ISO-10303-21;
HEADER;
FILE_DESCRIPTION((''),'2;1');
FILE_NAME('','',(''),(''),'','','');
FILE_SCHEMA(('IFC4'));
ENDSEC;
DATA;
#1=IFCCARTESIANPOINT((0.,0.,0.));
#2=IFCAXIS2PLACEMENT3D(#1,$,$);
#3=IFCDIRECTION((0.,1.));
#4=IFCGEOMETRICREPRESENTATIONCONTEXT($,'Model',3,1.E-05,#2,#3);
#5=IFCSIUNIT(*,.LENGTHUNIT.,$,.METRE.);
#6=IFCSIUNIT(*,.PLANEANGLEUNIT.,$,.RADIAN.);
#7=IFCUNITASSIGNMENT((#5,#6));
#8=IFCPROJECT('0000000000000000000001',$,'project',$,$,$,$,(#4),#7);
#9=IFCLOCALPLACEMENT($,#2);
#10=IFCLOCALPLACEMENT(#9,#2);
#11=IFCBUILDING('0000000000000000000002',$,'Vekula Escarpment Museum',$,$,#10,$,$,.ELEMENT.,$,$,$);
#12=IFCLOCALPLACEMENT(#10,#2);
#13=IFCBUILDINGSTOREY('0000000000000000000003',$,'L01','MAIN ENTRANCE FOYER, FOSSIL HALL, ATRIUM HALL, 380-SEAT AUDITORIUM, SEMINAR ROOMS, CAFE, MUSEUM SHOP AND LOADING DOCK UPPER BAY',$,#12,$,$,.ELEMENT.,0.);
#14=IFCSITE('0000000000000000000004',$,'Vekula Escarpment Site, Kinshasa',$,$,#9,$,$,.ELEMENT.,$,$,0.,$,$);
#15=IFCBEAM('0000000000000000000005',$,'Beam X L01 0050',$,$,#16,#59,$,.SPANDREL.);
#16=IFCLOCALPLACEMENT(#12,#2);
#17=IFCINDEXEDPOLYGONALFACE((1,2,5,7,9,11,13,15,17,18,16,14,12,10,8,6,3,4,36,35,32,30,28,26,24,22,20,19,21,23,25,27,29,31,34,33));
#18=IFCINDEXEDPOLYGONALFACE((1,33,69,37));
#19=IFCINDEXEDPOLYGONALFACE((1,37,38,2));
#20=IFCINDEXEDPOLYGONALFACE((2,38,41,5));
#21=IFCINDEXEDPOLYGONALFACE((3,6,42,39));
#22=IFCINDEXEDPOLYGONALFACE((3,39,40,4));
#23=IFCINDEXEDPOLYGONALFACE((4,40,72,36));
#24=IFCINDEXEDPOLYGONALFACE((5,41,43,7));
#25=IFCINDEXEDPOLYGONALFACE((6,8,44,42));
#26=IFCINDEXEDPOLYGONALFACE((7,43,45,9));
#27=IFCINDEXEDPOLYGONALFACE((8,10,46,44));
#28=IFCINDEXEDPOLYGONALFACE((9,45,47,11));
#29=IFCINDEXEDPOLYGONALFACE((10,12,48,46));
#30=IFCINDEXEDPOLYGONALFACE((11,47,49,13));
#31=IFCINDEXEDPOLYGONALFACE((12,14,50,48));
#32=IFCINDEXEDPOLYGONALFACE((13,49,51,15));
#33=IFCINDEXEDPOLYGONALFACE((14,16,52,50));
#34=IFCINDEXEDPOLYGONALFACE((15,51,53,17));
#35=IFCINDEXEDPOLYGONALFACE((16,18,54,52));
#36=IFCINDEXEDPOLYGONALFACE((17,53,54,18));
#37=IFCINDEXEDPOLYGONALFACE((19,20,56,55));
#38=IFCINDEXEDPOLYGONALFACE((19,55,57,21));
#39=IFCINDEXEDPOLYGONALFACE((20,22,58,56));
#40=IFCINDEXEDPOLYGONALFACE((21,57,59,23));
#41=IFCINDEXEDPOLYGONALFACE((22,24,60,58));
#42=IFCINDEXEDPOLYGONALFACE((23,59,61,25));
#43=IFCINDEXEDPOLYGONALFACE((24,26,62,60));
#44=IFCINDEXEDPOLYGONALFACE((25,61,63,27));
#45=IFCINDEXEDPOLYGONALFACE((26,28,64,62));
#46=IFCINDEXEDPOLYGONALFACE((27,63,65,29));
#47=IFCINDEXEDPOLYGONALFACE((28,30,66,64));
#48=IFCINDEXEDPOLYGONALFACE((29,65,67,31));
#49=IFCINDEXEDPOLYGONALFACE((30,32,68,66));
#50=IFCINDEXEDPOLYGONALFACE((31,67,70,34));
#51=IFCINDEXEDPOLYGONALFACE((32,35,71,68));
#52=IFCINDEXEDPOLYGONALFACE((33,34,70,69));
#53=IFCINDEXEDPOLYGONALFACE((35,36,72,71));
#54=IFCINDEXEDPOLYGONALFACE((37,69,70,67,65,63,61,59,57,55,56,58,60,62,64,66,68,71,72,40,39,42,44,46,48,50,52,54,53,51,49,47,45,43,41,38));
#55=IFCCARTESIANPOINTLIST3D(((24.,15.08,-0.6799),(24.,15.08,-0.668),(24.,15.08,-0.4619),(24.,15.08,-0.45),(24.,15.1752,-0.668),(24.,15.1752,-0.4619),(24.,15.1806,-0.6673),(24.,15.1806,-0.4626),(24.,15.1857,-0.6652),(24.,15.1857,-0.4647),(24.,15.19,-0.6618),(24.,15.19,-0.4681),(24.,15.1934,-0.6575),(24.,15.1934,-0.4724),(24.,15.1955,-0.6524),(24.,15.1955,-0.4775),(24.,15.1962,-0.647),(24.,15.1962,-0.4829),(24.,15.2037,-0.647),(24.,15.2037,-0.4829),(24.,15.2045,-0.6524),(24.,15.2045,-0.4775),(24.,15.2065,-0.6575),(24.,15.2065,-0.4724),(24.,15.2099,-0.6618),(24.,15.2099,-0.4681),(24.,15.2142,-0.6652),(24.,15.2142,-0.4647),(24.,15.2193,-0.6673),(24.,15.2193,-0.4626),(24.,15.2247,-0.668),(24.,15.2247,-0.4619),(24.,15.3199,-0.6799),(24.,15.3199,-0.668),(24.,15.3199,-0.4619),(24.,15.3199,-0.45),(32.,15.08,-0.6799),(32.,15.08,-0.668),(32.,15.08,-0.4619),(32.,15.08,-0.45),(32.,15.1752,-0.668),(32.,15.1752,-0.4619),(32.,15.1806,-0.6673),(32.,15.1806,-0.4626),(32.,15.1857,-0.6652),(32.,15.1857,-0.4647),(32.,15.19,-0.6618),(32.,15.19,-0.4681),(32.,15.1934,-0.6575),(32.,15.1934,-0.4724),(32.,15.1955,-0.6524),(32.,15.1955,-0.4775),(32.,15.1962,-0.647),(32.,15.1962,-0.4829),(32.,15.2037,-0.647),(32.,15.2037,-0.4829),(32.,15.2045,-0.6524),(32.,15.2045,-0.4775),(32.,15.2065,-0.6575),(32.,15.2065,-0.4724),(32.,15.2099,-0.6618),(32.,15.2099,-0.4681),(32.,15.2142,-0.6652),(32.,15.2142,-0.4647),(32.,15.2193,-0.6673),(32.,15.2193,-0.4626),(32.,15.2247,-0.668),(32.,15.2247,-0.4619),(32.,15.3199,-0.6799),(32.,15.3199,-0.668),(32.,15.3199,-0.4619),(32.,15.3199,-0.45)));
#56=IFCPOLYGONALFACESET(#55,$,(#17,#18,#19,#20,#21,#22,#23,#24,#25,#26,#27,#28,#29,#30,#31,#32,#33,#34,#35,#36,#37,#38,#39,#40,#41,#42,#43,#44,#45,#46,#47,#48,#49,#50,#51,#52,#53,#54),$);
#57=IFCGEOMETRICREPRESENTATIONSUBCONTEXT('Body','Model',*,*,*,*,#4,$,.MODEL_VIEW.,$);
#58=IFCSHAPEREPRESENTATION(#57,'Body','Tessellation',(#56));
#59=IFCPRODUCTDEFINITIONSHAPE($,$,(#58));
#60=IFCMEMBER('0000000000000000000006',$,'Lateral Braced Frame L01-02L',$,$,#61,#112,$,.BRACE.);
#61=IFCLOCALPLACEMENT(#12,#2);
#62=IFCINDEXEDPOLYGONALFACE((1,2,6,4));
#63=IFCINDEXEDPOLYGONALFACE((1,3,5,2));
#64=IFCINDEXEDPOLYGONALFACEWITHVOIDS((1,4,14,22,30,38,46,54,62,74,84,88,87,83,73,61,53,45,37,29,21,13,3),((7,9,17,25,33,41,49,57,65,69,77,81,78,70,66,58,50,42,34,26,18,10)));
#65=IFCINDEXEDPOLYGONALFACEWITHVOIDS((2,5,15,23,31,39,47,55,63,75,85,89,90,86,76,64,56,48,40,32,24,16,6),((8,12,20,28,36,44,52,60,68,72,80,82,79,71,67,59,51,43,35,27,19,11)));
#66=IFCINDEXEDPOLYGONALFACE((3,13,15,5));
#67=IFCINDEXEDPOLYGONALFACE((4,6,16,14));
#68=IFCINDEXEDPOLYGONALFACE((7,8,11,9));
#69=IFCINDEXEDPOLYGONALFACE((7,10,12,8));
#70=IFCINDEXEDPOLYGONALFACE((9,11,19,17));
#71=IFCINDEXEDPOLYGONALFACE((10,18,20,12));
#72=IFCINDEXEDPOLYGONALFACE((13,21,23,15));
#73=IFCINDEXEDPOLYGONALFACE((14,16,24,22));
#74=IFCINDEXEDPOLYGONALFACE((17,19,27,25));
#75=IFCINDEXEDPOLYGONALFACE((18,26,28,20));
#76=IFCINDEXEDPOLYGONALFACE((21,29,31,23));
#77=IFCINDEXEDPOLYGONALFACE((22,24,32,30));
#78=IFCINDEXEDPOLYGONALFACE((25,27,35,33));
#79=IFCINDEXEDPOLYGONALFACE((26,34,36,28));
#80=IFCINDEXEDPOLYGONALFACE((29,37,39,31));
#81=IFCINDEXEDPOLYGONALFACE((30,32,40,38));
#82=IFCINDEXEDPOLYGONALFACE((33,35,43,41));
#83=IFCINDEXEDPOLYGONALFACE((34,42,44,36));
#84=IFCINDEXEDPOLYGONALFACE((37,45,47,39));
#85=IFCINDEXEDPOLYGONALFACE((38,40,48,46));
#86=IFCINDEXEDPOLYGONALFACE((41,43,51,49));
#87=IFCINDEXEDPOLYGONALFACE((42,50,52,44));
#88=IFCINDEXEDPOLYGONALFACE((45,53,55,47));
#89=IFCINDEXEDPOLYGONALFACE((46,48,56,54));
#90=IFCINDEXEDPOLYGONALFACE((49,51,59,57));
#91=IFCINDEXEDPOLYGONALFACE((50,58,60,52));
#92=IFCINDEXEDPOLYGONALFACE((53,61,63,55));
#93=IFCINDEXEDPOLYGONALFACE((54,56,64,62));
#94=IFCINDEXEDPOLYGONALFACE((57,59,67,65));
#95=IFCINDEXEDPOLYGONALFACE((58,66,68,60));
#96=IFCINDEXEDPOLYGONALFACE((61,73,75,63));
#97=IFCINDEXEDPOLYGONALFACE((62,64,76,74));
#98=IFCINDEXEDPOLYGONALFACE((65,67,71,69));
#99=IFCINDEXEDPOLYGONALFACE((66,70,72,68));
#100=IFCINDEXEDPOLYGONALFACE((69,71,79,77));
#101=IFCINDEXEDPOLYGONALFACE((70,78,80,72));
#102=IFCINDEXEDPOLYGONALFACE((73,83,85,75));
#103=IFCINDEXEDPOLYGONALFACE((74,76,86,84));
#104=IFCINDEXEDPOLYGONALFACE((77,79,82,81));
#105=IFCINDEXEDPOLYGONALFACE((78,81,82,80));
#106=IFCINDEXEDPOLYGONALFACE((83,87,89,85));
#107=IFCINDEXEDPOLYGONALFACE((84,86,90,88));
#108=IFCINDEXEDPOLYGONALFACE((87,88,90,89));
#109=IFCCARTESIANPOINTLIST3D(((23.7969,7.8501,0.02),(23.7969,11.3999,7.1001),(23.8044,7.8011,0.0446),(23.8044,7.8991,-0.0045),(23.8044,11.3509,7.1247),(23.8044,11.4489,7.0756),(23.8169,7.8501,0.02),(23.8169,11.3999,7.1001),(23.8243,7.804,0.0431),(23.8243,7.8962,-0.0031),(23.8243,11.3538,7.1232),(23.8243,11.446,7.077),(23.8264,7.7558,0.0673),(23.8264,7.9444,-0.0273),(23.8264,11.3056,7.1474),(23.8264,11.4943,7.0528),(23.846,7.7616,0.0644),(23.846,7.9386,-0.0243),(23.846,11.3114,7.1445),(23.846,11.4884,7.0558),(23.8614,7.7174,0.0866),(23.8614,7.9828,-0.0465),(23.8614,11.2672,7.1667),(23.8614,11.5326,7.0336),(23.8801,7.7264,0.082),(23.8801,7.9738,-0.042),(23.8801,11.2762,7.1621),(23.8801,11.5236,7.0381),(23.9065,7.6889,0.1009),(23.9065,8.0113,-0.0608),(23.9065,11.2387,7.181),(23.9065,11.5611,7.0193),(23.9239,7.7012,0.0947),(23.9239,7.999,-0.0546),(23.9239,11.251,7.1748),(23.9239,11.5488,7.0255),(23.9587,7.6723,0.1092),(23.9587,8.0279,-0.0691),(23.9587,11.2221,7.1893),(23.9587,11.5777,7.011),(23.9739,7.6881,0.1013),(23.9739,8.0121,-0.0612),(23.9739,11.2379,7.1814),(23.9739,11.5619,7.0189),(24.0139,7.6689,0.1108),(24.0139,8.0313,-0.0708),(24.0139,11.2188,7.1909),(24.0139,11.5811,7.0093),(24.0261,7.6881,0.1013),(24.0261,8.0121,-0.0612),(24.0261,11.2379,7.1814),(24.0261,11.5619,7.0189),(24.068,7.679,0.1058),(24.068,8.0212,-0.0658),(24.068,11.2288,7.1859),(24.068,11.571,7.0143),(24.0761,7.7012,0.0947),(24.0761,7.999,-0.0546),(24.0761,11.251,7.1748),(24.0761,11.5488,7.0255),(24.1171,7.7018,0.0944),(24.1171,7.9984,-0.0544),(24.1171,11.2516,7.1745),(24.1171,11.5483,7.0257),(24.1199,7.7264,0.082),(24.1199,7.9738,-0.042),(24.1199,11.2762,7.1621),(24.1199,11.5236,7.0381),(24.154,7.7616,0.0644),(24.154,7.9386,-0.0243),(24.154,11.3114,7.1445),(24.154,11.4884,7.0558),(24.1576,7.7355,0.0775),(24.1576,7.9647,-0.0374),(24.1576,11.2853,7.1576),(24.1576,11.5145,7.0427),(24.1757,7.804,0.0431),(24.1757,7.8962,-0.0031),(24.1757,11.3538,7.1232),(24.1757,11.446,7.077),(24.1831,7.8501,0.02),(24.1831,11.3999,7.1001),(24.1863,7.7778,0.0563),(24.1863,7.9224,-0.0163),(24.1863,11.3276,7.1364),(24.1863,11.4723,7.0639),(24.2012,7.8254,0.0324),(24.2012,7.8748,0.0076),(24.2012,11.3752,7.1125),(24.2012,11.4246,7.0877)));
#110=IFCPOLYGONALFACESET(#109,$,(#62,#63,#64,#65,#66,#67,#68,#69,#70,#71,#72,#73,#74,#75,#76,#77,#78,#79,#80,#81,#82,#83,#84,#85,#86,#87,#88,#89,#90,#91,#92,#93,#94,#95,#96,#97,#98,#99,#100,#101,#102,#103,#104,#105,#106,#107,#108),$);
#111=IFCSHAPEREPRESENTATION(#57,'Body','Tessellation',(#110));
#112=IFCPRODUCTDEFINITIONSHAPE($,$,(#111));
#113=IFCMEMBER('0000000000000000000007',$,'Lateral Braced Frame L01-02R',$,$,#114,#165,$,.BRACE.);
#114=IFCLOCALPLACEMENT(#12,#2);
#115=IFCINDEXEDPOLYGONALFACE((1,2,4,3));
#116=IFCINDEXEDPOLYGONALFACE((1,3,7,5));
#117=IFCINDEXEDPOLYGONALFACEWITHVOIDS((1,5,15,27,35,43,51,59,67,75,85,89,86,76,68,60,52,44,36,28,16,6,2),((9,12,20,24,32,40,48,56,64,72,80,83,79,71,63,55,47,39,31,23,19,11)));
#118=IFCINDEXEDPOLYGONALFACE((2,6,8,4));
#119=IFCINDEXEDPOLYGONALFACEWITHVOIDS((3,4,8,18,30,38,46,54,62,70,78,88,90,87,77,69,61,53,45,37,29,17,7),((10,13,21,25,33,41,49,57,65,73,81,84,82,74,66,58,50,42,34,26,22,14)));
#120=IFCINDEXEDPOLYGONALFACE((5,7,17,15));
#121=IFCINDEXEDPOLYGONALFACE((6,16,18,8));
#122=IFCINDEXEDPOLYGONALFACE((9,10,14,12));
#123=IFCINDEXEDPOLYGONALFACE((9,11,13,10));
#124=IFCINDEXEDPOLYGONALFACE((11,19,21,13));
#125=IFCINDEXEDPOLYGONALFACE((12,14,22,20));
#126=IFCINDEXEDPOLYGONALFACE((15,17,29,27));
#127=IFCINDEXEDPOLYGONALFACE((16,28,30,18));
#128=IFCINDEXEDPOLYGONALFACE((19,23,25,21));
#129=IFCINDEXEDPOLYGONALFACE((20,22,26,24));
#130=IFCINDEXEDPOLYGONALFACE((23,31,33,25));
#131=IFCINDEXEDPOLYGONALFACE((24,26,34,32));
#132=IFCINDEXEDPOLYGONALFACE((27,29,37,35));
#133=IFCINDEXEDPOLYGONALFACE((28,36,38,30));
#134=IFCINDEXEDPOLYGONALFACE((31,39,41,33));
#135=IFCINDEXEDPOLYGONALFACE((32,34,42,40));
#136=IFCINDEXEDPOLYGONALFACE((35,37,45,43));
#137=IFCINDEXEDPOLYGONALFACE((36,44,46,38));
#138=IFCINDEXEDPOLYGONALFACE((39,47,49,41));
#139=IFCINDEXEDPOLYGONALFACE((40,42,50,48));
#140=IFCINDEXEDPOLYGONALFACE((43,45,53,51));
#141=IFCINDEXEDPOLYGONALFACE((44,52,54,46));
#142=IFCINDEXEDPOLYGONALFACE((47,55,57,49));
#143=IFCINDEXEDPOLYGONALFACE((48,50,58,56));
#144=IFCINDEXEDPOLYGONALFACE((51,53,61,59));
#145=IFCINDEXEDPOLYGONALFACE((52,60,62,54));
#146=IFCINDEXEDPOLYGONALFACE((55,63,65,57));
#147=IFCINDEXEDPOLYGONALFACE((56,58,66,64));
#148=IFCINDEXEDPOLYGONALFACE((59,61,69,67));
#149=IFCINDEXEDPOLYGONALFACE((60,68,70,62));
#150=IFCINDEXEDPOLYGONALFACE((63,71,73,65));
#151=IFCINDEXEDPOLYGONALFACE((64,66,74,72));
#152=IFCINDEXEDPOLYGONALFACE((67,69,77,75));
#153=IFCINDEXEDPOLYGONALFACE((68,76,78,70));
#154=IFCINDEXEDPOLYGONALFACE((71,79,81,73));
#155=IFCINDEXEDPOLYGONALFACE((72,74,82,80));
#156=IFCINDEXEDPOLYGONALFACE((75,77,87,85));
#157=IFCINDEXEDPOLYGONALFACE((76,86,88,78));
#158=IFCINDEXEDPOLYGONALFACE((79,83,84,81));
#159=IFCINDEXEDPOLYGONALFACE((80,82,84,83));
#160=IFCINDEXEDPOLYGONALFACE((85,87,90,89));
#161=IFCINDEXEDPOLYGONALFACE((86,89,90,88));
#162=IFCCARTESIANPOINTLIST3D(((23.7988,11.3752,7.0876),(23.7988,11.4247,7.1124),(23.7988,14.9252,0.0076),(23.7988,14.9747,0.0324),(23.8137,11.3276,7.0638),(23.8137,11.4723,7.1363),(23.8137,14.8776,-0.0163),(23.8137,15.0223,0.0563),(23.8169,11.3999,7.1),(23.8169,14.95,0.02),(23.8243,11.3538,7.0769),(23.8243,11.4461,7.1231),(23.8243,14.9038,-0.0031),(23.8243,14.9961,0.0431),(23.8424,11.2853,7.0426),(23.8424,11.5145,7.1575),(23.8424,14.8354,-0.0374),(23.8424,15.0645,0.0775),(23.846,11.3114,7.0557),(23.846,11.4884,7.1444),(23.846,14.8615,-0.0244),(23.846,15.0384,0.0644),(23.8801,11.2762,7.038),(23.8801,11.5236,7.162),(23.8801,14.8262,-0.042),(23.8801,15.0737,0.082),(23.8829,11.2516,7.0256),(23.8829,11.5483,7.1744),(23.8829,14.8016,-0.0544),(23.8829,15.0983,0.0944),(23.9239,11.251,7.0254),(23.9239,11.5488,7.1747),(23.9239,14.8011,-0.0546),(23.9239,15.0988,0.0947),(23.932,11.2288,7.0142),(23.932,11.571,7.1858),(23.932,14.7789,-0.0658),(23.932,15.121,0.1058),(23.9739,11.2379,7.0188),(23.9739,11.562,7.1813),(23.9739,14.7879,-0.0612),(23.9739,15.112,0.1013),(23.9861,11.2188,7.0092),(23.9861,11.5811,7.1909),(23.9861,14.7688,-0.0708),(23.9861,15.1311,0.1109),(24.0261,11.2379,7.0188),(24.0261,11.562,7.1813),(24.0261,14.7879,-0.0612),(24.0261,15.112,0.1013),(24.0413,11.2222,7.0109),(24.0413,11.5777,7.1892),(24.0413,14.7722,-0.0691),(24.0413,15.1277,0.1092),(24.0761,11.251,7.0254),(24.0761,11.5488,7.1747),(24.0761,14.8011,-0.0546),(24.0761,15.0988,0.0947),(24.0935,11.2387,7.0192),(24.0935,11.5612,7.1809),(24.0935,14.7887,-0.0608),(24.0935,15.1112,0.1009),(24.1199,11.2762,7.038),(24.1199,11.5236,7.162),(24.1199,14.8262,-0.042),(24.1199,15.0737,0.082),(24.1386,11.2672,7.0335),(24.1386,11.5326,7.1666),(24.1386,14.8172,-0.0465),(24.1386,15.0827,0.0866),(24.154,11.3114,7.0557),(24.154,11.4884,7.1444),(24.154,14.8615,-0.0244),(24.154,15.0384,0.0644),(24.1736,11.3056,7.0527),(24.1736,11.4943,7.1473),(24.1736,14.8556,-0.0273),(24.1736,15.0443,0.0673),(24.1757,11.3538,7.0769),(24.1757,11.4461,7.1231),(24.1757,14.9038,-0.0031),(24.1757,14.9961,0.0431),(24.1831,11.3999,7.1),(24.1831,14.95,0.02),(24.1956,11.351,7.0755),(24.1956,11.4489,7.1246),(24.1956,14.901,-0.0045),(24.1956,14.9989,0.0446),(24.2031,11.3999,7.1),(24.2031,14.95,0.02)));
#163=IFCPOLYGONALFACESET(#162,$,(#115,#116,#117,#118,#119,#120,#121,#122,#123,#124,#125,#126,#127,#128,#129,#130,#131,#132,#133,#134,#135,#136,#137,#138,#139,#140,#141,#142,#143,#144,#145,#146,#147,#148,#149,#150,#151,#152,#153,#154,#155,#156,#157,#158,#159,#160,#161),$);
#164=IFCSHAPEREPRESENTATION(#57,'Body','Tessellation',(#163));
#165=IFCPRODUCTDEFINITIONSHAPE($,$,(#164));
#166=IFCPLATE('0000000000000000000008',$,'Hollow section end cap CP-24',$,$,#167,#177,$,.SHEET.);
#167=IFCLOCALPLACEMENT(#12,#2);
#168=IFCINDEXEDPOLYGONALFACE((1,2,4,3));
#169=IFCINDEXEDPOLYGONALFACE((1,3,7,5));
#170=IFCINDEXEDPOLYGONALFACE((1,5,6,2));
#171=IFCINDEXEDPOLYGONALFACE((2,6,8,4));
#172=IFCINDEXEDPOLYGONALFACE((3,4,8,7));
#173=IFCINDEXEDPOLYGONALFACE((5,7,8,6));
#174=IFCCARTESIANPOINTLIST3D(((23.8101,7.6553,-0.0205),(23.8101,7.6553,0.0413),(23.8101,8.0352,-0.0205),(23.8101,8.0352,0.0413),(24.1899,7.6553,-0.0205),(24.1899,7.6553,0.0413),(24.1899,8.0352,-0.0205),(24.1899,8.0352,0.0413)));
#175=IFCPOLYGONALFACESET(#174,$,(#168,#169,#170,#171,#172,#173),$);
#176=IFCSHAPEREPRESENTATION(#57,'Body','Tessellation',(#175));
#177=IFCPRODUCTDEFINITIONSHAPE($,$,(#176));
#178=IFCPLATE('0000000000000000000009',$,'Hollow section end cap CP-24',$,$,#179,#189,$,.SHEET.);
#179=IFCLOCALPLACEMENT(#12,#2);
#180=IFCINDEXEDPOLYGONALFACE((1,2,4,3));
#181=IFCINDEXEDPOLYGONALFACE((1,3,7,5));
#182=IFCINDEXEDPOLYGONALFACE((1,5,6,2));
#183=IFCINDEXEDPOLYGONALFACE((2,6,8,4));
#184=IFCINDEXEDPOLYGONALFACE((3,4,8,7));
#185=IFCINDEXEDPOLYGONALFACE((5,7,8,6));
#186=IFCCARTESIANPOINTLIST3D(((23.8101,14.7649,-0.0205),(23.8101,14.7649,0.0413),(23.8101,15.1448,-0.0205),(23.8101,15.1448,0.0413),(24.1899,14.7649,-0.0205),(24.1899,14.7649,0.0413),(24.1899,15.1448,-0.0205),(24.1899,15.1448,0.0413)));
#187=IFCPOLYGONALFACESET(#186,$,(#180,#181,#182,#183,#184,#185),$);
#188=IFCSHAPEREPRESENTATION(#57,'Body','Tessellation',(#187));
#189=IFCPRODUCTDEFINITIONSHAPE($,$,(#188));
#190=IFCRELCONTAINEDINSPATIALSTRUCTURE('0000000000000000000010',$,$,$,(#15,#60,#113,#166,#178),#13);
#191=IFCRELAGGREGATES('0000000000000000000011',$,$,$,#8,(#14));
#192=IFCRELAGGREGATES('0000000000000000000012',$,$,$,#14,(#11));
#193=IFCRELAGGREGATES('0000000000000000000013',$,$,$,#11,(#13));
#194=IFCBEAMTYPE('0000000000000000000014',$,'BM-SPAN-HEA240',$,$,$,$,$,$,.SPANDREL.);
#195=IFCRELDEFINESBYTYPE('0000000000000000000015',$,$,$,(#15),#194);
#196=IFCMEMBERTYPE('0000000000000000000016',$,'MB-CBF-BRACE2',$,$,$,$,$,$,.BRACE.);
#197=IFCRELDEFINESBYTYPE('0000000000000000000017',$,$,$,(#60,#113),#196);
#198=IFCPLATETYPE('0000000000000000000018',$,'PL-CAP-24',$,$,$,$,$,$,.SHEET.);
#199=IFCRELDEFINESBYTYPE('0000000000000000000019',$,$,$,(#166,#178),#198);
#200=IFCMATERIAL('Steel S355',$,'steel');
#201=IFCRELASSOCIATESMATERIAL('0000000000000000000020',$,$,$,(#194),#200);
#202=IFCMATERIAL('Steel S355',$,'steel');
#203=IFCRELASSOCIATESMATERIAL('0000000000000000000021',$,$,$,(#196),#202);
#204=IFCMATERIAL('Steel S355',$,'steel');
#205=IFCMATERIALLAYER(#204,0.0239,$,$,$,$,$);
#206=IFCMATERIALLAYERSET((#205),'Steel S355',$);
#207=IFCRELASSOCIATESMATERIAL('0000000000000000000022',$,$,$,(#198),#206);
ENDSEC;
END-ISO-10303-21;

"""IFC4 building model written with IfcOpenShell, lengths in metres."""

from ifc_helpers import new_model, si_unit, direction, frame, origin, origin_2d, place, context, subcontext, project, spatial, rectangle, hollow_circle, i_section, extrude, material, layer, layer_set, material_profile, profile_set, type_object, element, save


model = new_model("IFC4")

# Units and contexts
model_context = context("Model", 3, precision=1e-05, world=origin(), true_north=direction((0.0, 1.0)))
body_context = subcontext(model_context, "Body", "Model", "MODEL_VIEW")
ifc_project = project(units=[si_unit("LENGTHUNIT", "METRE"), si_unit("PLANEANGLEUNIT", "RADIAN")], contexts=[model_context])

# Site, building, storey
site_placement = place(None, origin())
site = spatial("IfcSite", under=ifc_project, at=site_placement, Name="Vekula Escarpment Site, Kinshasa", CompositionType="ELEMENT", RefElevation=0.0)
building_placement = place(site_placement, origin())
building = spatial("IfcBuilding", under=site, at=building_placement, Name="Vekula Escarpment Museum", CompositionType="ELEMENT")
storey_placement = place(building_placement, origin())
storey = spatial("IfcBuildingStorey", under=building, at=storey_placement, Name="L01", Description="MAIN ENTRANCE FOYER, FOSSIL HALL, ATRIUM HALL, 380-SEAT AUDITORIUM, SEMINAR ROOMS, CAFE, MUSEUM SHOP AND LOADING DOCK UPPER BAY", CompositionType="ELEMENT", Elevation=0.0)

# Beam
ifc_material_1 = material(Name="Steel S355", Category="steel")
ifc_material_profile_1 = material_profile(ifc_material_1, i_section(OverallWidth=0.24, OverallDepth=0.23, WebThickness=0.0076, FlangeThickness=0.012, FilletRadius=0.021, at=origin_2d()), Name="HEA 240")
ifc_profile_set_1 = profile_set([ifc_material_profile_1], Name="Steel S355")
beam_type_1 = type_object("IfcBeamType", Name="BM-SPAN-HEA240", PredefinedType="SPANDREL", material=ifc_profile_set_1)
for number, where, z_axis, x_axis, name in (
    (1, (24.0, 15.2, -0.5649), (1.0, 0.0, 0.0), (0.0, 1.0, 0.0), "Beam X L01 0050"),
):
    element("IfcBeam", number, at=place(storey_placement, frame(where, z_axis=z_axis, x_axis=x_axis)), inside=storey, type_object=beam_type_1, Name=name, PredefinedType="SPANDREL", context=body_context, shape_type="SweptSolid", body=[
        extrude(i_section(OverallWidth=0.24, OverallDepth=0.23, WebThickness=0.0076, FlangeThickness=0.012, FilletRadius=0.021, at=origin_2d()), origin(), (0.0, 0.0, 1.0), 8.0),
    ])

# Members
ifc_material_2 = material(Name="Steel S355", Category="steel")
ifc_material_profile_2 = material_profile(ifc_material_2, hollow_circle(Radius=0.2031, WallThickness=0.02, at=origin_2d()), Name="CHS 406.4x20")
ifc_profile_set_2 = profile_set([ifc_material_profile_2], Name="Steel S355")
member_type = type_object("IfcMemberType", Name="MB-CBF-BRACE2", PredefinedType="BRACE", material=ifc_profile_set_2)
for number, where, z_axis, x_axis, name in (
    (2, (24.0, 7.8501, 0.02), (0.0, 0.4482, 0.893933), (-1.0, 0.0, 0.0), "Lateral Braced Frame L01-02L"),
    (3, (24.0, 14.95, 0.02), (0.0, -0.448224, 0.893921), (1.0, 0.0, 0.0), "Lateral Braced Frame L01-02R"),
):
    element("IfcMember", number, at=place(storey_placement, frame(where, z_axis=z_axis, x_axis=x_axis)), inside=storey, type_object=member_type, Name=name, PredefinedType="BRACE", context=body_context, shape_type="SweptSolid", body=[
        extrude(hollow_circle(Radius=0.2031, WallThickness=0.02, at=origin_2d()), origin(), (0.0, 0.0, 1.0), 7.9202),
    ])

# Plates
ifc_material_3 = material(Name="Steel S355", Category="steel")
ifc_layer_1 = layer(ifc_material_3, 0.0239)
ifc_layer_set_1 = layer_set([ifc_layer_1], Name="Steel S355")
plate_type_1 = type_object("IfcPlateType", Name="PL-CAP-24", PredefinedType="SHEET", material=ifc_layer_set_1)
for number, where, z_axis, x_axis, name in (
    (4, (24.0, 7.8452, -0.0205), (0.0, 0.0, 1.0), (1.0, 0.0, 0.0), "Hollow section end cap CP-24"),
    (5, (24.0, 14.9548, -0.0205), (0.0, 0.0, 1.0), (1.0, 0.0, 0.0), "Hollow section end cap CP-24"),
):
    element("IfcPlate", number, at=place(storey_placement, frame(where, z_axis=z_axis, x_axis=x_axis)), inside=storey, type_object=plate_type_1, Name=name, PredefinedType="SHEET", context=body_context, shape_type="SweptSolid", body=[
        extrude(rectangle(XDim=0.3799, YDim=0.3799, at=origin_2d()), origin(), (0.0, 0.0, 1.0), 0.0618),
    ])

save(model, "model.ifc")
